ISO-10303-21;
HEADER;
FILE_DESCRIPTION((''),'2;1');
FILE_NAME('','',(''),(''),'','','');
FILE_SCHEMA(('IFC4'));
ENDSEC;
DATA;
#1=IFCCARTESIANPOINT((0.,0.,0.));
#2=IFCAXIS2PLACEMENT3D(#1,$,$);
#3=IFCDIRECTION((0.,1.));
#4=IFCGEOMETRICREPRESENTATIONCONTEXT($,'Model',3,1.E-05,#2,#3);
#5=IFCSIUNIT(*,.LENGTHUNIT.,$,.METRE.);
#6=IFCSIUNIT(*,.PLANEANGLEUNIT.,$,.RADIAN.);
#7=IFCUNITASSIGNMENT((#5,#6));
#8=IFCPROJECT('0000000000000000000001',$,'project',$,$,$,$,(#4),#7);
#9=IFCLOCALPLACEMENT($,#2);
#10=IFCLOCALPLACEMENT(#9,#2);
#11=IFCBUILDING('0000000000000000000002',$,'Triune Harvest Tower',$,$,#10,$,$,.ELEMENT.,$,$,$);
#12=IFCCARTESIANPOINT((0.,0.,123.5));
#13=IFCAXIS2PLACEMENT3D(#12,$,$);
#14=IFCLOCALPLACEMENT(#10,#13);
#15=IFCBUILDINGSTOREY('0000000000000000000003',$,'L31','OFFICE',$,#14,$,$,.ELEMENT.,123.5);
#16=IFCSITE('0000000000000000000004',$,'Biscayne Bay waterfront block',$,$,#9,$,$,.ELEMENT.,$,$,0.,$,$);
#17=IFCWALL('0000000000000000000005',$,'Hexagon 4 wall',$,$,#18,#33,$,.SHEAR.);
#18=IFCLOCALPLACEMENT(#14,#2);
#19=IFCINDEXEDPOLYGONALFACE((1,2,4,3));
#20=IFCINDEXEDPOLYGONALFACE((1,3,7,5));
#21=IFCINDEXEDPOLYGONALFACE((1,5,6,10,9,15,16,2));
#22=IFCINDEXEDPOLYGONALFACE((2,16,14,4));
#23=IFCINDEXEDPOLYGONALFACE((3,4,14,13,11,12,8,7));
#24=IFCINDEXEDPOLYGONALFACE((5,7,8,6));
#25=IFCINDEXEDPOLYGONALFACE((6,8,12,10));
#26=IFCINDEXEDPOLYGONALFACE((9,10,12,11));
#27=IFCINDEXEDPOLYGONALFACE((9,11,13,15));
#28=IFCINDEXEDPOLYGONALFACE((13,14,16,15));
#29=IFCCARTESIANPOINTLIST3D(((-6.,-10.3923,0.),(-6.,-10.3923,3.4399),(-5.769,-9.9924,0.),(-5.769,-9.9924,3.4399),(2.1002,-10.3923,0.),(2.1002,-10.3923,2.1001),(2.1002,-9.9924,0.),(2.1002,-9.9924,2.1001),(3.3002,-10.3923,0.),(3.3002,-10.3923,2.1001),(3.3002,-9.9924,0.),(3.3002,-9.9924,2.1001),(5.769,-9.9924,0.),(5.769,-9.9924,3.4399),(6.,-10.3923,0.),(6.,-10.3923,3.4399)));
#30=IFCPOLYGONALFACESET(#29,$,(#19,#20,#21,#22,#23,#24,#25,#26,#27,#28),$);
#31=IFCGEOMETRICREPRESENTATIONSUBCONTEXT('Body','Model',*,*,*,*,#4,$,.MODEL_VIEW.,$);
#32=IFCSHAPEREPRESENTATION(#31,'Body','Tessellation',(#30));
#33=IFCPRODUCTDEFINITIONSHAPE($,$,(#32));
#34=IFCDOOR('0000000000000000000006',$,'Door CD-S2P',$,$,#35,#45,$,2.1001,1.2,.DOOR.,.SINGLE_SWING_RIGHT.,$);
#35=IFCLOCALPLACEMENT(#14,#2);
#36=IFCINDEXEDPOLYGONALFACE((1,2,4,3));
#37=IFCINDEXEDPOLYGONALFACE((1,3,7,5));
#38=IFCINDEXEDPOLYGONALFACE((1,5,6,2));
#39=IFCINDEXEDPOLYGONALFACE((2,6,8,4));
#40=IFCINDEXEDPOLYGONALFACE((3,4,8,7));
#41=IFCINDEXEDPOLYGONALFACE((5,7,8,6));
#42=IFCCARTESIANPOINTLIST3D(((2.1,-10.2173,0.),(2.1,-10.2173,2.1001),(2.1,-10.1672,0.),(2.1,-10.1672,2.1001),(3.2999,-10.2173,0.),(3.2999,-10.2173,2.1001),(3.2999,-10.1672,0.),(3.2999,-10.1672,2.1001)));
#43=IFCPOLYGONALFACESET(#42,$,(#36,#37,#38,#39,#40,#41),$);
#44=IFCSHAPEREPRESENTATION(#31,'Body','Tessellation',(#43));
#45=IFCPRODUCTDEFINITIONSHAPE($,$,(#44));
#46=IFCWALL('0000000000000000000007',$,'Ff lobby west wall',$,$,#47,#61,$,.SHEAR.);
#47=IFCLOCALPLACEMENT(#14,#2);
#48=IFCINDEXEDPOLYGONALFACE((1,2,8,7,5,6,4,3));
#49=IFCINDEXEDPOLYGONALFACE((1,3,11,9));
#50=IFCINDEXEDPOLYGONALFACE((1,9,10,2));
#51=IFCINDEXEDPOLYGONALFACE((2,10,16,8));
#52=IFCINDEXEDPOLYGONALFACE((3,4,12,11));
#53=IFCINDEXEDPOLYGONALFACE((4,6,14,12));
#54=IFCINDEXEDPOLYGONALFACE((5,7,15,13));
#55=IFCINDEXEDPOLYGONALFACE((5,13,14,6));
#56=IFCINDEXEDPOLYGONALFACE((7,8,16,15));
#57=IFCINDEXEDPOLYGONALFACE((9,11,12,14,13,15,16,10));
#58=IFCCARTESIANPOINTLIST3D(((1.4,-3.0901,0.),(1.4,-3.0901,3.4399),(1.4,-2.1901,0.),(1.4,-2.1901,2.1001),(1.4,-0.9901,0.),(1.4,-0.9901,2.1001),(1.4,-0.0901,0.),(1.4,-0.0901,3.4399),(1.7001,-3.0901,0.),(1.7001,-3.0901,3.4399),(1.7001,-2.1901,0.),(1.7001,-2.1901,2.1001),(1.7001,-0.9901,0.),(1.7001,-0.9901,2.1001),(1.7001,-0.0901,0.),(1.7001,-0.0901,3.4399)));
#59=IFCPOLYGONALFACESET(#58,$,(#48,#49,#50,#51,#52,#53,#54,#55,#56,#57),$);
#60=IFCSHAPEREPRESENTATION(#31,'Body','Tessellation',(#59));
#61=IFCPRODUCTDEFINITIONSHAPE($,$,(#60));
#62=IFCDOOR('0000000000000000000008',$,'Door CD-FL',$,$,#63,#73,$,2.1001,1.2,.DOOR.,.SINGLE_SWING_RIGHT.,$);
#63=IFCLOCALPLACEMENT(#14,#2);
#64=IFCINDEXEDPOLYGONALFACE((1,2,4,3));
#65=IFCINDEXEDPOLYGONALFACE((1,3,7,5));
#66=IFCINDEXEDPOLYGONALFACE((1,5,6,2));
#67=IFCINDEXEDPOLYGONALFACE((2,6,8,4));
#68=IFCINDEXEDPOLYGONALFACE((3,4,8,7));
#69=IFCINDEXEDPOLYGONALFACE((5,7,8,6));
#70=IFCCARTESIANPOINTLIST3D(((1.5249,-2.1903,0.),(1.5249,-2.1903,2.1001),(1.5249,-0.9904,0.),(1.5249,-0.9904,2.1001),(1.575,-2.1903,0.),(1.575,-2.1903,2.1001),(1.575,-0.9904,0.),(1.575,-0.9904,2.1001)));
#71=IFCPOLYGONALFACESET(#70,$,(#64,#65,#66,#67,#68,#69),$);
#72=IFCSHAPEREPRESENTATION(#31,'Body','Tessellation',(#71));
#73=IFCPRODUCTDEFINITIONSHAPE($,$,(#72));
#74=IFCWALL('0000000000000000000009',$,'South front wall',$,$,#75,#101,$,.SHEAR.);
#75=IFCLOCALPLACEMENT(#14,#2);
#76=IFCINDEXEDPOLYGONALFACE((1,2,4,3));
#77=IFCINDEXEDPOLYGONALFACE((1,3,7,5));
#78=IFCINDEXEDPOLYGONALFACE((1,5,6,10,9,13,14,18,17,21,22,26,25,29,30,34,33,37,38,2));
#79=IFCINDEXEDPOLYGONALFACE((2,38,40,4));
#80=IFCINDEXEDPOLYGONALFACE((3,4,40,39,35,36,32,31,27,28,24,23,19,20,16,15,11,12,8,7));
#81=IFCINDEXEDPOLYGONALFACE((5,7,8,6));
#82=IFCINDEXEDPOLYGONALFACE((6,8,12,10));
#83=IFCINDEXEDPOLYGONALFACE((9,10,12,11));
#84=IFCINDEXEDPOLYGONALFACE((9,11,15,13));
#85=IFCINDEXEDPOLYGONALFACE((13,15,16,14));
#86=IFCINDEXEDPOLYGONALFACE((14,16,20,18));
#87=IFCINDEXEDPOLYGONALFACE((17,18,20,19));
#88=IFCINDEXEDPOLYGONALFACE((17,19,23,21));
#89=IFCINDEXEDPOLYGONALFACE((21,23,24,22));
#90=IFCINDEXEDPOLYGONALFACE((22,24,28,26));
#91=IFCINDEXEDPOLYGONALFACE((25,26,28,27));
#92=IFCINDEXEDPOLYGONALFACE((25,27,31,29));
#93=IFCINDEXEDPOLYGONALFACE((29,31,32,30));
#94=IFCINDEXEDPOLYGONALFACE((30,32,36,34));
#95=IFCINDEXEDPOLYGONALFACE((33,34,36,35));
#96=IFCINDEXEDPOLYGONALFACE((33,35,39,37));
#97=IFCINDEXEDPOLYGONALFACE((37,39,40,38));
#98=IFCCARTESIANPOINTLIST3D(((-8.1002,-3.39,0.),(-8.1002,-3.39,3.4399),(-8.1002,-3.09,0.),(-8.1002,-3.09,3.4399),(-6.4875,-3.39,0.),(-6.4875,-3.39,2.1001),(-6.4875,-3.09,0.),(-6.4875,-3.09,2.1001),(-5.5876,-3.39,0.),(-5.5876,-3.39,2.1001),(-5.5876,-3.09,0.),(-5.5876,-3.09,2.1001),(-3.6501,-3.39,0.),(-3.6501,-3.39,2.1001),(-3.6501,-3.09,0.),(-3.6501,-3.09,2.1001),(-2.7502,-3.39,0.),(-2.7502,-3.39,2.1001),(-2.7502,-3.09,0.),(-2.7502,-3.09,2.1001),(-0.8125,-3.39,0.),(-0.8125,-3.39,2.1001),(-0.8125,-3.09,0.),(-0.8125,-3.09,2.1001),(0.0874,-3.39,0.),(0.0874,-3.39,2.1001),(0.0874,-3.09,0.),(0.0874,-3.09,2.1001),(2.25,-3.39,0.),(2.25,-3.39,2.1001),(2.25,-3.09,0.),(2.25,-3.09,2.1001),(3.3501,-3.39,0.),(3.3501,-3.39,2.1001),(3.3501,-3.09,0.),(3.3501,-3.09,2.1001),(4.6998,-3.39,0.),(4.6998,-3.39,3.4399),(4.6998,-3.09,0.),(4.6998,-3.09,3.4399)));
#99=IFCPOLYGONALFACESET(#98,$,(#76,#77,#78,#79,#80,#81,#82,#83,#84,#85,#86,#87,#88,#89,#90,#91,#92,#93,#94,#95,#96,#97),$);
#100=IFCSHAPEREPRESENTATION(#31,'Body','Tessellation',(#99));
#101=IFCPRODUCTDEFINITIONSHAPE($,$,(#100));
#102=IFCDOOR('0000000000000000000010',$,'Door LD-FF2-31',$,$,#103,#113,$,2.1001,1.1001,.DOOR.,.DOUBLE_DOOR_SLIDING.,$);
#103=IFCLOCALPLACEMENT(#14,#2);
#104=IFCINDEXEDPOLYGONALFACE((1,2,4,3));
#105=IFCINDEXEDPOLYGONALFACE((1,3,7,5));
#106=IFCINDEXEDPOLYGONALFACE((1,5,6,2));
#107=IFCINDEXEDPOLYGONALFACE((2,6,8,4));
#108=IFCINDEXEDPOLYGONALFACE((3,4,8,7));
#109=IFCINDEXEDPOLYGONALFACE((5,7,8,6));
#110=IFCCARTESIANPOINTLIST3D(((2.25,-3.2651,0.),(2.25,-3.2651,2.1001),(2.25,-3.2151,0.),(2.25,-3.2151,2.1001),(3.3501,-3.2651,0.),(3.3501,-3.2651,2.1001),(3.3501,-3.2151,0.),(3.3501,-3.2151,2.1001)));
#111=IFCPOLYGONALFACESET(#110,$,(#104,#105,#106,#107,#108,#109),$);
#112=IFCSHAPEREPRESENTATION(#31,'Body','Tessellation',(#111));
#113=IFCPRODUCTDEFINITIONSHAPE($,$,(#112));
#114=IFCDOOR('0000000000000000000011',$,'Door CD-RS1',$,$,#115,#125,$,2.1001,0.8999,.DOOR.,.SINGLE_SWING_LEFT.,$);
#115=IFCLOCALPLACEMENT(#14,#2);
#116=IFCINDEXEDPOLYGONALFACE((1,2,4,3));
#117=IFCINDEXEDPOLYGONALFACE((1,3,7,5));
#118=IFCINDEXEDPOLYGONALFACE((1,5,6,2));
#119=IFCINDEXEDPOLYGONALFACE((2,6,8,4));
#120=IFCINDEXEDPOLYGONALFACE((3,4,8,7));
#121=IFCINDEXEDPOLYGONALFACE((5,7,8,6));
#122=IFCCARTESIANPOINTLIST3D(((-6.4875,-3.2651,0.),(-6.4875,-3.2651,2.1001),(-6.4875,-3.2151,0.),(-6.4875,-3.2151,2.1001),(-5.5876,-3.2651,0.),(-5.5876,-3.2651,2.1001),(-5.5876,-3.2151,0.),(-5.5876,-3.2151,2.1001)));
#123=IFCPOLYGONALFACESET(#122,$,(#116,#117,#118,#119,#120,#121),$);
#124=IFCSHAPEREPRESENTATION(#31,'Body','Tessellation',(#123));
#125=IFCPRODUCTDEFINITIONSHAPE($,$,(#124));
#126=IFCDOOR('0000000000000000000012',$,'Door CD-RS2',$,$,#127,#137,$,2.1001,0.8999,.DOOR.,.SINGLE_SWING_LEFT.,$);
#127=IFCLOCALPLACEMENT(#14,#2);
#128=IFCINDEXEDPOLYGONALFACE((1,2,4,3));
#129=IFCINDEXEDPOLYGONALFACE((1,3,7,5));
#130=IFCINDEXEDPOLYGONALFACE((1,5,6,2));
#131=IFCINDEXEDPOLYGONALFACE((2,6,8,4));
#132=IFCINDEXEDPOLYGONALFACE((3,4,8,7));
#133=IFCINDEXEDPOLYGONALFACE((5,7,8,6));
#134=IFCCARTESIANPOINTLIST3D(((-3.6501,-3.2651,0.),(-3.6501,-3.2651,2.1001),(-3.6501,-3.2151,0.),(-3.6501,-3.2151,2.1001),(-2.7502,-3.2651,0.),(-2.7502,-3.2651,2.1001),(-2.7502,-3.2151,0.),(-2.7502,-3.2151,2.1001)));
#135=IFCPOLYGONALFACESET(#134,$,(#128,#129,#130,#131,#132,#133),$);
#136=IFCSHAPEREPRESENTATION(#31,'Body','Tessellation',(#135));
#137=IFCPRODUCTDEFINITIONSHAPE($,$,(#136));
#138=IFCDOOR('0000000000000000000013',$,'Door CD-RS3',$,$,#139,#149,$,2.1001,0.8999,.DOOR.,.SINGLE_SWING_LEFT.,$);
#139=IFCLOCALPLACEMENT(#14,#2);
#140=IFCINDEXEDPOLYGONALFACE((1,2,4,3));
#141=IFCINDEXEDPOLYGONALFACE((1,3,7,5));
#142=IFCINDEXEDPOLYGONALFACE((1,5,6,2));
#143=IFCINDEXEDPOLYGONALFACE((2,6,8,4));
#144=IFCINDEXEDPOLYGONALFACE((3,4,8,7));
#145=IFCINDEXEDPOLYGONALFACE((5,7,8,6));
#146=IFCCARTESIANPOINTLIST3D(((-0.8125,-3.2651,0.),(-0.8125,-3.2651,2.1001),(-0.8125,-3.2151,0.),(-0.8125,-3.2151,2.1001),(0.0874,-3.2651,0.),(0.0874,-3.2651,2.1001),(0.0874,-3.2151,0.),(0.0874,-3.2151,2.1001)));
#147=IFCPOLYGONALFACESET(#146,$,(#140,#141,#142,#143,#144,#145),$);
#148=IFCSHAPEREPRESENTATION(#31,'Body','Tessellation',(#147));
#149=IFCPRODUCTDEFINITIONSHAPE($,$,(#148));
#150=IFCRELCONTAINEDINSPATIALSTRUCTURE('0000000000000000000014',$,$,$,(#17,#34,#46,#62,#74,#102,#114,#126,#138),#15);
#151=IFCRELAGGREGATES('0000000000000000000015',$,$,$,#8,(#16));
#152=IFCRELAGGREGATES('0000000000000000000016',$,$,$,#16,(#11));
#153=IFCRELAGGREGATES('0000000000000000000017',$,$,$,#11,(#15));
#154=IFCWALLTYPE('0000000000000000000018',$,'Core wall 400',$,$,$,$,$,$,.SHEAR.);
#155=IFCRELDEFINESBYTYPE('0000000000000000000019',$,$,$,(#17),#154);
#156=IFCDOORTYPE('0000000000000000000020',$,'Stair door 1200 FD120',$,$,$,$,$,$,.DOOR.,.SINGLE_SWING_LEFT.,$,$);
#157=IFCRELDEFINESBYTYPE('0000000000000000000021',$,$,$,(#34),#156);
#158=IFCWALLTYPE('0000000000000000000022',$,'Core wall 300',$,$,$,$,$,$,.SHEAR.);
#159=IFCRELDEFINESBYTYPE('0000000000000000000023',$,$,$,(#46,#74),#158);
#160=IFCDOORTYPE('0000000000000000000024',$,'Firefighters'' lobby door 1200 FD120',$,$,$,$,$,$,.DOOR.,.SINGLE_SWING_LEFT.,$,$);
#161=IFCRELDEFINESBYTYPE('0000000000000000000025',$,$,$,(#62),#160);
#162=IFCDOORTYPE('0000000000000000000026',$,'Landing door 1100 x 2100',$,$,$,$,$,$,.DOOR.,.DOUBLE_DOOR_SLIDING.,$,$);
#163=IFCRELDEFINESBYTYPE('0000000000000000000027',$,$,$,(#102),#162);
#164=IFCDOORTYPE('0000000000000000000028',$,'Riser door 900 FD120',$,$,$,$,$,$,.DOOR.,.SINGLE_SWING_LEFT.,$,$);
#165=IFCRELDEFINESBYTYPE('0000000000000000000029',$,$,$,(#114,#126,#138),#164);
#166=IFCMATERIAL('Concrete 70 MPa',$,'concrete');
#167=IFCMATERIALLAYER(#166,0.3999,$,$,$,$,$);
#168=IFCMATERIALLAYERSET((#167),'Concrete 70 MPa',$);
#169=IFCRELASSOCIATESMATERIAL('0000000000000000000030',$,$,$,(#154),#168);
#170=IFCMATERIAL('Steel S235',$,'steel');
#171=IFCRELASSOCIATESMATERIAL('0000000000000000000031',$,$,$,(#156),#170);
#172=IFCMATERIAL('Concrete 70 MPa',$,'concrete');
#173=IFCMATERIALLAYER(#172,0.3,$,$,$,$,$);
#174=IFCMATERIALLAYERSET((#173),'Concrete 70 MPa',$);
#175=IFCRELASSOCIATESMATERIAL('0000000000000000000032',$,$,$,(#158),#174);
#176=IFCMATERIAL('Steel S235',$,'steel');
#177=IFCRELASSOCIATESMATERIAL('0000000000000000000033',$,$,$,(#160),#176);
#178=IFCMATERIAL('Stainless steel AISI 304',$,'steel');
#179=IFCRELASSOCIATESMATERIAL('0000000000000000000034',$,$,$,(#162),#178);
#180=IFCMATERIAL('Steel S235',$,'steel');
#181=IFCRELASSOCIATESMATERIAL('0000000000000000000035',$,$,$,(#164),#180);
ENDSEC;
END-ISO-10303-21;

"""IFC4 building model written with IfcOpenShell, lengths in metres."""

from ifc_helpers import new_model, si_unit, direction, frame, frame_2d, origin, place, context, subcontext, project, spatial, polyline, rectangle, outline, extrude, source, transform, mapped, material, layer, layer_set, type_object, element, fill, save


model = new_model("IFC4")

# Units and contexts
model_context = context("Model", 3, precision=1e-05, world=origin(), true_north=direction((0.0, 1.0)))
body_context = subcontext(model_context, "Body", "Model", "MODEL_VIEW")
ifc_project = project(units=[si_unit("LENGTHUNIT", "METRE"), si_unit("PLANEANGLEUNIT", "RADIAN")], contexts=[model_context])

# Site, building, storey
site_placement = place(None, origin())
site = spatial("IfcSite", under=ifc_project, at=site_placement, Name="Biscayne Bay waterfront block", CompositionType="ELEMENT", RefElevation=0.0)
building_placement = place(site_placement, origin())
building = spatial("IfcBuilding", under=site, at=building_placement, Name="Triune Harvest Tower", CompositionType="ELEMENT")
storey_placement = place(building_placement, frame((0.0, 0.0, 123.5)))
storey = spatial("IfcBuildingStorey", under=building, at=storey_placement, Name="L31", Description="OFFICE", CompositionType="ELEMENT", Elevation=123.5)

# Shared definitions
ifc_material_1 = material(Name="Concrete 70 MPa", Category="concrete")
ifc_layer_1 = layer(ifc_material_1, 0.3999)
ifc_layer_set_1 = layer_set([ifc_layer_1], Name="Concrete 70 MPa")
wall_type_1 = type_object("IfcWallType", Name="Core wall 400", PredefinedType="SHEAR", material=ifc_layer_set_1)
shared_shape_1 = source(origin(), body_context, "Body", "SweptSolid", [
    extrude(outline(polyline([(-0.1155, -0.2), (11.8845, -0.2), (11.6536, 0.2), (0.1155, 0.2), (-0.1155, -0.2)])), origin(), (0.0, 0.0, 1.0), 3.4399),
])

# Walls, openings, doors
wall_1_placement = place(storey_placement, frame((-5.8845, -10.1924, 0.0), z_axis=(0.0, 0.0, 1.0), x_axis=(1.0, 0.0, 0.0)))
wall_1 = element("IfcWall", 1, at=wall_1_placement, inside=storey, type_object=wall_type_1, Name="Hexagon 4 wall", PredefinedType="SHEAR", context=body_context, shape_type="MappedRepresentation", body=[
    mapped(shared_shape_1, transform((0.0, 0.0, 0.0), scale=1.0)),
])
opening_1_placement = place(wall_1_placement, frame((7.9846, 0.0, 0.0)))
opening_1 = element("IfcOpeningElement", 2, at=opening_1_placement, cuts=wall_1, PredefinedType="OPENING", context=body_context, shape_type="SweptSolid", body=[
    extrude(rectangle(XDim=1.2, YDim=2.1001, at=frame_2d((0.6001, 1.05))), frame((0.0, 0.21, 0.0), z_axis=(0.0, -1.0, 0.0), x_axis=(1.0, 0.0, 0.0)), (0.0, 0.0, 1.0), 0.4199),
])
ifc_material_2 = material(Name="Steel S235", Category="steel")
door_type_1 = type_object("IfcDoorType", Name="Stair door 1200 FD120", OperationType="SINGLE_SWING_LEFT", PredefinedType="DOOR", material=ifc_material_2)
door_1_placement = place(opening_1_placement, frame((1.2, 0.0, 0.0), z_axis=(0.0, 0.0, 1.0), x_axis=(-1.0, 0.0, 0.0)))
door_1 = element("IfcDoor", 3, at=door_1_placement, inside=storey, type_object=door_type_1, Name="Door CD-S2P", OperationType="SINGLE_SWING_RIGHT", OverallHeight=2.1001, OverallWidth=1.2, PredefinedType="DOOR", context=body_context, shape_type="SweptSolid", body=[
    extrude(rectangle(XDim=1.2, YDim=2.1001, at=frame_2d((0.6001, 1.05))), frame((0.0, 0.0249, 0.0), z_axis=(0.0, -1.0, 0.0), x_axis=(1.0, 0.0, 0.0)), (0.0, 0.0, 1.0), 0.05),
])
fill(opening_1, door_1)
ifc_material_3 = material(Name="Concrete 70 MPa", Category="concrete")
ifc_layer_2 = layer(ifc_material_3, 0.3)
ifc_layer_set_2 = layer_set([ifc_layer_2], Name="Concrete 70 MPa")
wall_type_2 = type_object("IfcWallType", Name="Core wall 300", PredefinedType="SHEAR", material=ifc_layer_set_2)
shared_shape_2 = source(origin(), body_context, "Body", "SweptSolid", [
    extrude(rectangle(XDim=3.0, YDim=0.3, at=frame_2d((1.5, 0.0))), origin(), (0.0, 0.0, 1.0), 3.4399),
])
wall_2_placement = place(storey_placement, frame((1.55, -3.0901, 0.0), z_axis=(0.0, 0.0, 1.0), x_axis=(0.0, 1.0, 0.0)))
wall_2 = element("IfcWall", 4, at=wall_2_placement, inside=storey, type_object=wall_type_2, Name="Ff lobby west wall", PredefinedType="SHEAR", context=body_context, shape_type="MappedRepresentation", body=[
    mapped(shared_shape_2, transform((0.0, 0.0, 0.0), scale=1.0)),
])
opening_2_placement = place(wall_2_placement, frame((0.8999, 0.0, 0.0)))
opening_2 = element("IfcOpeningElement", 5, at=opening_2_placement, cuts=wall_2, PredefinedType="OPENING", context=body_context, shape_type="SweptSolid", body=[
    extrude(rectangle(XDim=1.2, YDim=2.1001, at=frame_2d((0.6001, 1.05))), frame((0.0, 0.1602, 0.0), z_axis=(0.0, -1.0, 0.0), x_axis=(1.0, 0.0, 0.0)), (0.0, 0.0, 1.0), 0.3201),
])
ifc_material_4 = material(Name="Steel S235", Category="steel")
door_type_2 = type_object("IfcDoorType", Name="Firefighters' lobby door 1200 FD120", OperationType="SINGLE_SWING_LEFT", PredefinedType="DOOR", material=ifc_material_4)
door_2_placement = place(opening_2_placement, frame((1.2, 0.0, 0.0), z_axis=(0.0, 0.0, 1.0), x_axis=(-1.0, 0.0, 0.0)))
door_2 = element("IfcDoor", 6, at=door_2_placement, inside=storey, type_object=door_type_2, Name="Door CD-FL", OperationType="SINGLE_SWING_RIGHT", OverallHeight=2.1001, OverallWidth=1.2, PredefinedType="DOOR", context=body_context, shape_type="SweptSolid", body=[
    extrude(rectangle(XDim=1.2, YDim=2.1001, at=frame_2d((0.6001, 1.05))), frame((0.0, 0.0249, 0.0), z_axis=(0.0, -1.0, 0.0), x_axis=(1.0, 0.0, 0.0)), (0.0, 0.0, 1.0), 0.05),
])
fill(opening_2, door_2)

# Wall, openings, doors
shared_shape_3 = source(origin(), body_context, "Body", "SweptSolid", [
    extrude(rectangle(XDim=12.8, YDim=0.3, at=frame_2d((6.3999, 0.0))), origin(), (0.0, 0.0, 1.0), 3.4399),
])
wall_3_placement = place(storey_placement, frame((-8.1001, -3.24, 0.0), z_axis=(0.0, 0.0, 1.0), x_axis=(1.0, 0.0, 0.0)))
wall_3 = element("IfcWall", 7, at=wall_3_placement, inside=storey, type_object=wall_type_2, Name="South front wall", PredefinedType="SHEAR", context=body_context, shape_type="MappedRepresentation", body=[
    mapped(shared_shape_3, transform((0.0, 0.0, 0.0), scale=1.0)),
])
opening_3_placement = place(wall_3_placement, frame((1.6125, 0.0, 0.0)))
opening_3 = element("IfcOpeningElement", 8, at=opening_3_placement, cuts=wall_3, PredefinedType="OPENING", context=body_context, shape_type="SweptSolid", body=[
    extrude(rectangle(XDim=0.8999, YDim=2.1001, at=frame_2d((0.45, 1.05))), frame((0.0, 0.1602, 0.0), z_axis=(0.0, -1.0, 0.0), x_axis=(1.0, 0.0, 0.0)), (0.0, 0.0, 1.0), 0.3201),
])
opening_4_placement = place(wall_3_placement, frame((4.45, 0.0, 0.0)))
opening_4 = element("IfcOpeningElement", 9, at=opening_4_placement, cuts=wall_3, PredefinedType="OPENING", context=body_context, shape_type="SweptSolid", body=[
    extrude(rectangle(XDim=0.8999, YDim=2.1001, at=frame_2d((0.45, 1.05))), frame((0.0, 0.1602, 0.0), z_axis=(0.0, -1.0, 0.0), x_axis=(1.0, 0.0, 0.0)), (0.0, 0.0, 1.0), 0.3201),
])
opening_5_placement = place(wall_3_placement, frame((7.2876, 0.0, 0.0)))
opening_5 = element("IfcOpeningElement", 10, at=opening_5_placement, cuts=wall_3, PredefinedType="OPENING", context=body_context, shape_type="SweptSolid", body=[
    extrude(rectangle(XDim=0.8999, YDim=2.1001, at=frame_2d((0.45, 1.05))), frame((0.0, 0.1602, 0.0), z_axis=(0.0, -1.0, 0.0), x_axis=(1.0, 0.0, 0.0)), (0.0, 0.0, 1.0), 0.3201),
])
opening_6_placement = place(wall_3_placement, frame((10.3501, 0.0, 0.0)))
opening_6 = element("IfcOpeningElement", 11, at=opening_6_placement, cuts=wall_3, PredefinedType="OPENING", context=body_context, shape_type="SweptSolid", body=[
    extrude(rectangle(XDim=1.1001, YDim=2.1001, at=frame_2d((0.55, 1.05))), frame((0.0, 0.1602, 0.0), z_axis=(0.0, -1.0, 0.0), x_axis=(1.0, 0.0, 0.0)), (0.0, 0.0, 1.0), 0.3201),
])
ifc_material_5 = material(Name="Stainless steel AISI 304", Category="steel")
door_type_3 = type_object("IfcDoorType", Name="Landing door 1100 x 2100", OperationType="DOUBLE_DOOR_SLIDING", PredefinedType="DOOR", material=ifc_material_5)
door_3_placement = place(opening_6_placement, origin())
door_3 = element("IfcDoor", 12, at=door_3_placement, inside=storey, type_object=door_type_3, Name="Door LD-FF2-31", OperationType="DOUBLE_DOOR_SLIDING", OverallHeight=2.1001, OverallWidth=1.1001, PredefinedType="DOOR", context=body_context, shape_type="SweptSolid", body=[
    extrude(rectangle(XDim=1.1001, YDim=2.1001, at=frame_2d((0.55, 1.05))), frame((0.0, 0.0249, 0.0), z_axis=(0.0, -1.0, 0.0), x_axis=(1.0, 0.0, 0.0)), (0.0, 0.0, 1.0), 0.05),
])
fill(opening_6, door_3)
ifc_material_6 = material(Name="Steel S235", Category="steel")
door_type_4 = type_object("IfcDoorType", Name="Riser door 900 FD120", OperationType="SINGLE_SWING_LEFT", PredefinedType="DOOR", material=ifc_material_6)
door_4_placement = place(opening_3_placement, origin())
door_4 = element("IfcDoor", 13, at=door_4_placement, inside=storey, type_object=door_type_4, Name="Door CD-RS1", OperationType="SINGLE_SWING_LEFT", OverallHeight=2.1001, OverallWidth=0.8999, PredefinedType="DOOR", context=body_context, shape_type="SweptSolid", body=[
    extrude(rectangle(XDim=0.8999, YDim=2.1001, at=frame_2d((0.45, 1.05))), frame((0.0, 0.0249, 0.0), z_axis=(0.0, -1.0, 0.0), x_axis=(1.0, 0.0, 0.0)), (0.0, 0.0, 1.0), 0.05),
])
fill(opening_3, door_4)
door_5_placement = place(opening_4_placement, origin())
door_5 = element("IfcDoor", 14, at=door_5_placement, inside=storey, type_object=door_type_4, Name="Door CD-RS2", OperationType="SINGLE_SWING_LEFT", OverallHeight=2.1001, OverallWidth=0.8999, PredefinedType="DOOR", context=body_context, shape_type="SweptSolid", body=[
    extrude(rectangle(XDim=0.8999, YDim=2.1001, at=frame_2d((0.45, 1.05))), frame((0.0, 0.0249, 0.0), z_axis=(0.0, -1.0, 0.0), x_axis=(1.0, 0.0, 0.0)), (0.0, 0.0, 1.0), 0.05),
])
fill(opening_4, door_5)
door_6_placement = place(opening_5_placement, origin())
door_6 = element("IfcDoor", 15, at=door_6_placement, inside=storey, type_object=door_type_4, Name="Door CD-RS3", OperationType="SINGLE_SWING_LEFT", OverallHeight=2.1001, OverallWidth=0.8999, PredefinedType="DOOR", context=body_context, shape_type="SweptSolid", body=[
    extrude(rectangle(XDim=0.8999, YDim=2.1001, at=frame_2d((0.45, 1.05))), frame((0.0, 0.0249, 0.0), z_axis=(0.0, -1.0, 0.0), x_axis=(1.0, 0.0, 0.0)), (0.0, 0.0, 1.0), 0.05),
])
fill(opening_5, door_6)

save(model, "model.ifc")
